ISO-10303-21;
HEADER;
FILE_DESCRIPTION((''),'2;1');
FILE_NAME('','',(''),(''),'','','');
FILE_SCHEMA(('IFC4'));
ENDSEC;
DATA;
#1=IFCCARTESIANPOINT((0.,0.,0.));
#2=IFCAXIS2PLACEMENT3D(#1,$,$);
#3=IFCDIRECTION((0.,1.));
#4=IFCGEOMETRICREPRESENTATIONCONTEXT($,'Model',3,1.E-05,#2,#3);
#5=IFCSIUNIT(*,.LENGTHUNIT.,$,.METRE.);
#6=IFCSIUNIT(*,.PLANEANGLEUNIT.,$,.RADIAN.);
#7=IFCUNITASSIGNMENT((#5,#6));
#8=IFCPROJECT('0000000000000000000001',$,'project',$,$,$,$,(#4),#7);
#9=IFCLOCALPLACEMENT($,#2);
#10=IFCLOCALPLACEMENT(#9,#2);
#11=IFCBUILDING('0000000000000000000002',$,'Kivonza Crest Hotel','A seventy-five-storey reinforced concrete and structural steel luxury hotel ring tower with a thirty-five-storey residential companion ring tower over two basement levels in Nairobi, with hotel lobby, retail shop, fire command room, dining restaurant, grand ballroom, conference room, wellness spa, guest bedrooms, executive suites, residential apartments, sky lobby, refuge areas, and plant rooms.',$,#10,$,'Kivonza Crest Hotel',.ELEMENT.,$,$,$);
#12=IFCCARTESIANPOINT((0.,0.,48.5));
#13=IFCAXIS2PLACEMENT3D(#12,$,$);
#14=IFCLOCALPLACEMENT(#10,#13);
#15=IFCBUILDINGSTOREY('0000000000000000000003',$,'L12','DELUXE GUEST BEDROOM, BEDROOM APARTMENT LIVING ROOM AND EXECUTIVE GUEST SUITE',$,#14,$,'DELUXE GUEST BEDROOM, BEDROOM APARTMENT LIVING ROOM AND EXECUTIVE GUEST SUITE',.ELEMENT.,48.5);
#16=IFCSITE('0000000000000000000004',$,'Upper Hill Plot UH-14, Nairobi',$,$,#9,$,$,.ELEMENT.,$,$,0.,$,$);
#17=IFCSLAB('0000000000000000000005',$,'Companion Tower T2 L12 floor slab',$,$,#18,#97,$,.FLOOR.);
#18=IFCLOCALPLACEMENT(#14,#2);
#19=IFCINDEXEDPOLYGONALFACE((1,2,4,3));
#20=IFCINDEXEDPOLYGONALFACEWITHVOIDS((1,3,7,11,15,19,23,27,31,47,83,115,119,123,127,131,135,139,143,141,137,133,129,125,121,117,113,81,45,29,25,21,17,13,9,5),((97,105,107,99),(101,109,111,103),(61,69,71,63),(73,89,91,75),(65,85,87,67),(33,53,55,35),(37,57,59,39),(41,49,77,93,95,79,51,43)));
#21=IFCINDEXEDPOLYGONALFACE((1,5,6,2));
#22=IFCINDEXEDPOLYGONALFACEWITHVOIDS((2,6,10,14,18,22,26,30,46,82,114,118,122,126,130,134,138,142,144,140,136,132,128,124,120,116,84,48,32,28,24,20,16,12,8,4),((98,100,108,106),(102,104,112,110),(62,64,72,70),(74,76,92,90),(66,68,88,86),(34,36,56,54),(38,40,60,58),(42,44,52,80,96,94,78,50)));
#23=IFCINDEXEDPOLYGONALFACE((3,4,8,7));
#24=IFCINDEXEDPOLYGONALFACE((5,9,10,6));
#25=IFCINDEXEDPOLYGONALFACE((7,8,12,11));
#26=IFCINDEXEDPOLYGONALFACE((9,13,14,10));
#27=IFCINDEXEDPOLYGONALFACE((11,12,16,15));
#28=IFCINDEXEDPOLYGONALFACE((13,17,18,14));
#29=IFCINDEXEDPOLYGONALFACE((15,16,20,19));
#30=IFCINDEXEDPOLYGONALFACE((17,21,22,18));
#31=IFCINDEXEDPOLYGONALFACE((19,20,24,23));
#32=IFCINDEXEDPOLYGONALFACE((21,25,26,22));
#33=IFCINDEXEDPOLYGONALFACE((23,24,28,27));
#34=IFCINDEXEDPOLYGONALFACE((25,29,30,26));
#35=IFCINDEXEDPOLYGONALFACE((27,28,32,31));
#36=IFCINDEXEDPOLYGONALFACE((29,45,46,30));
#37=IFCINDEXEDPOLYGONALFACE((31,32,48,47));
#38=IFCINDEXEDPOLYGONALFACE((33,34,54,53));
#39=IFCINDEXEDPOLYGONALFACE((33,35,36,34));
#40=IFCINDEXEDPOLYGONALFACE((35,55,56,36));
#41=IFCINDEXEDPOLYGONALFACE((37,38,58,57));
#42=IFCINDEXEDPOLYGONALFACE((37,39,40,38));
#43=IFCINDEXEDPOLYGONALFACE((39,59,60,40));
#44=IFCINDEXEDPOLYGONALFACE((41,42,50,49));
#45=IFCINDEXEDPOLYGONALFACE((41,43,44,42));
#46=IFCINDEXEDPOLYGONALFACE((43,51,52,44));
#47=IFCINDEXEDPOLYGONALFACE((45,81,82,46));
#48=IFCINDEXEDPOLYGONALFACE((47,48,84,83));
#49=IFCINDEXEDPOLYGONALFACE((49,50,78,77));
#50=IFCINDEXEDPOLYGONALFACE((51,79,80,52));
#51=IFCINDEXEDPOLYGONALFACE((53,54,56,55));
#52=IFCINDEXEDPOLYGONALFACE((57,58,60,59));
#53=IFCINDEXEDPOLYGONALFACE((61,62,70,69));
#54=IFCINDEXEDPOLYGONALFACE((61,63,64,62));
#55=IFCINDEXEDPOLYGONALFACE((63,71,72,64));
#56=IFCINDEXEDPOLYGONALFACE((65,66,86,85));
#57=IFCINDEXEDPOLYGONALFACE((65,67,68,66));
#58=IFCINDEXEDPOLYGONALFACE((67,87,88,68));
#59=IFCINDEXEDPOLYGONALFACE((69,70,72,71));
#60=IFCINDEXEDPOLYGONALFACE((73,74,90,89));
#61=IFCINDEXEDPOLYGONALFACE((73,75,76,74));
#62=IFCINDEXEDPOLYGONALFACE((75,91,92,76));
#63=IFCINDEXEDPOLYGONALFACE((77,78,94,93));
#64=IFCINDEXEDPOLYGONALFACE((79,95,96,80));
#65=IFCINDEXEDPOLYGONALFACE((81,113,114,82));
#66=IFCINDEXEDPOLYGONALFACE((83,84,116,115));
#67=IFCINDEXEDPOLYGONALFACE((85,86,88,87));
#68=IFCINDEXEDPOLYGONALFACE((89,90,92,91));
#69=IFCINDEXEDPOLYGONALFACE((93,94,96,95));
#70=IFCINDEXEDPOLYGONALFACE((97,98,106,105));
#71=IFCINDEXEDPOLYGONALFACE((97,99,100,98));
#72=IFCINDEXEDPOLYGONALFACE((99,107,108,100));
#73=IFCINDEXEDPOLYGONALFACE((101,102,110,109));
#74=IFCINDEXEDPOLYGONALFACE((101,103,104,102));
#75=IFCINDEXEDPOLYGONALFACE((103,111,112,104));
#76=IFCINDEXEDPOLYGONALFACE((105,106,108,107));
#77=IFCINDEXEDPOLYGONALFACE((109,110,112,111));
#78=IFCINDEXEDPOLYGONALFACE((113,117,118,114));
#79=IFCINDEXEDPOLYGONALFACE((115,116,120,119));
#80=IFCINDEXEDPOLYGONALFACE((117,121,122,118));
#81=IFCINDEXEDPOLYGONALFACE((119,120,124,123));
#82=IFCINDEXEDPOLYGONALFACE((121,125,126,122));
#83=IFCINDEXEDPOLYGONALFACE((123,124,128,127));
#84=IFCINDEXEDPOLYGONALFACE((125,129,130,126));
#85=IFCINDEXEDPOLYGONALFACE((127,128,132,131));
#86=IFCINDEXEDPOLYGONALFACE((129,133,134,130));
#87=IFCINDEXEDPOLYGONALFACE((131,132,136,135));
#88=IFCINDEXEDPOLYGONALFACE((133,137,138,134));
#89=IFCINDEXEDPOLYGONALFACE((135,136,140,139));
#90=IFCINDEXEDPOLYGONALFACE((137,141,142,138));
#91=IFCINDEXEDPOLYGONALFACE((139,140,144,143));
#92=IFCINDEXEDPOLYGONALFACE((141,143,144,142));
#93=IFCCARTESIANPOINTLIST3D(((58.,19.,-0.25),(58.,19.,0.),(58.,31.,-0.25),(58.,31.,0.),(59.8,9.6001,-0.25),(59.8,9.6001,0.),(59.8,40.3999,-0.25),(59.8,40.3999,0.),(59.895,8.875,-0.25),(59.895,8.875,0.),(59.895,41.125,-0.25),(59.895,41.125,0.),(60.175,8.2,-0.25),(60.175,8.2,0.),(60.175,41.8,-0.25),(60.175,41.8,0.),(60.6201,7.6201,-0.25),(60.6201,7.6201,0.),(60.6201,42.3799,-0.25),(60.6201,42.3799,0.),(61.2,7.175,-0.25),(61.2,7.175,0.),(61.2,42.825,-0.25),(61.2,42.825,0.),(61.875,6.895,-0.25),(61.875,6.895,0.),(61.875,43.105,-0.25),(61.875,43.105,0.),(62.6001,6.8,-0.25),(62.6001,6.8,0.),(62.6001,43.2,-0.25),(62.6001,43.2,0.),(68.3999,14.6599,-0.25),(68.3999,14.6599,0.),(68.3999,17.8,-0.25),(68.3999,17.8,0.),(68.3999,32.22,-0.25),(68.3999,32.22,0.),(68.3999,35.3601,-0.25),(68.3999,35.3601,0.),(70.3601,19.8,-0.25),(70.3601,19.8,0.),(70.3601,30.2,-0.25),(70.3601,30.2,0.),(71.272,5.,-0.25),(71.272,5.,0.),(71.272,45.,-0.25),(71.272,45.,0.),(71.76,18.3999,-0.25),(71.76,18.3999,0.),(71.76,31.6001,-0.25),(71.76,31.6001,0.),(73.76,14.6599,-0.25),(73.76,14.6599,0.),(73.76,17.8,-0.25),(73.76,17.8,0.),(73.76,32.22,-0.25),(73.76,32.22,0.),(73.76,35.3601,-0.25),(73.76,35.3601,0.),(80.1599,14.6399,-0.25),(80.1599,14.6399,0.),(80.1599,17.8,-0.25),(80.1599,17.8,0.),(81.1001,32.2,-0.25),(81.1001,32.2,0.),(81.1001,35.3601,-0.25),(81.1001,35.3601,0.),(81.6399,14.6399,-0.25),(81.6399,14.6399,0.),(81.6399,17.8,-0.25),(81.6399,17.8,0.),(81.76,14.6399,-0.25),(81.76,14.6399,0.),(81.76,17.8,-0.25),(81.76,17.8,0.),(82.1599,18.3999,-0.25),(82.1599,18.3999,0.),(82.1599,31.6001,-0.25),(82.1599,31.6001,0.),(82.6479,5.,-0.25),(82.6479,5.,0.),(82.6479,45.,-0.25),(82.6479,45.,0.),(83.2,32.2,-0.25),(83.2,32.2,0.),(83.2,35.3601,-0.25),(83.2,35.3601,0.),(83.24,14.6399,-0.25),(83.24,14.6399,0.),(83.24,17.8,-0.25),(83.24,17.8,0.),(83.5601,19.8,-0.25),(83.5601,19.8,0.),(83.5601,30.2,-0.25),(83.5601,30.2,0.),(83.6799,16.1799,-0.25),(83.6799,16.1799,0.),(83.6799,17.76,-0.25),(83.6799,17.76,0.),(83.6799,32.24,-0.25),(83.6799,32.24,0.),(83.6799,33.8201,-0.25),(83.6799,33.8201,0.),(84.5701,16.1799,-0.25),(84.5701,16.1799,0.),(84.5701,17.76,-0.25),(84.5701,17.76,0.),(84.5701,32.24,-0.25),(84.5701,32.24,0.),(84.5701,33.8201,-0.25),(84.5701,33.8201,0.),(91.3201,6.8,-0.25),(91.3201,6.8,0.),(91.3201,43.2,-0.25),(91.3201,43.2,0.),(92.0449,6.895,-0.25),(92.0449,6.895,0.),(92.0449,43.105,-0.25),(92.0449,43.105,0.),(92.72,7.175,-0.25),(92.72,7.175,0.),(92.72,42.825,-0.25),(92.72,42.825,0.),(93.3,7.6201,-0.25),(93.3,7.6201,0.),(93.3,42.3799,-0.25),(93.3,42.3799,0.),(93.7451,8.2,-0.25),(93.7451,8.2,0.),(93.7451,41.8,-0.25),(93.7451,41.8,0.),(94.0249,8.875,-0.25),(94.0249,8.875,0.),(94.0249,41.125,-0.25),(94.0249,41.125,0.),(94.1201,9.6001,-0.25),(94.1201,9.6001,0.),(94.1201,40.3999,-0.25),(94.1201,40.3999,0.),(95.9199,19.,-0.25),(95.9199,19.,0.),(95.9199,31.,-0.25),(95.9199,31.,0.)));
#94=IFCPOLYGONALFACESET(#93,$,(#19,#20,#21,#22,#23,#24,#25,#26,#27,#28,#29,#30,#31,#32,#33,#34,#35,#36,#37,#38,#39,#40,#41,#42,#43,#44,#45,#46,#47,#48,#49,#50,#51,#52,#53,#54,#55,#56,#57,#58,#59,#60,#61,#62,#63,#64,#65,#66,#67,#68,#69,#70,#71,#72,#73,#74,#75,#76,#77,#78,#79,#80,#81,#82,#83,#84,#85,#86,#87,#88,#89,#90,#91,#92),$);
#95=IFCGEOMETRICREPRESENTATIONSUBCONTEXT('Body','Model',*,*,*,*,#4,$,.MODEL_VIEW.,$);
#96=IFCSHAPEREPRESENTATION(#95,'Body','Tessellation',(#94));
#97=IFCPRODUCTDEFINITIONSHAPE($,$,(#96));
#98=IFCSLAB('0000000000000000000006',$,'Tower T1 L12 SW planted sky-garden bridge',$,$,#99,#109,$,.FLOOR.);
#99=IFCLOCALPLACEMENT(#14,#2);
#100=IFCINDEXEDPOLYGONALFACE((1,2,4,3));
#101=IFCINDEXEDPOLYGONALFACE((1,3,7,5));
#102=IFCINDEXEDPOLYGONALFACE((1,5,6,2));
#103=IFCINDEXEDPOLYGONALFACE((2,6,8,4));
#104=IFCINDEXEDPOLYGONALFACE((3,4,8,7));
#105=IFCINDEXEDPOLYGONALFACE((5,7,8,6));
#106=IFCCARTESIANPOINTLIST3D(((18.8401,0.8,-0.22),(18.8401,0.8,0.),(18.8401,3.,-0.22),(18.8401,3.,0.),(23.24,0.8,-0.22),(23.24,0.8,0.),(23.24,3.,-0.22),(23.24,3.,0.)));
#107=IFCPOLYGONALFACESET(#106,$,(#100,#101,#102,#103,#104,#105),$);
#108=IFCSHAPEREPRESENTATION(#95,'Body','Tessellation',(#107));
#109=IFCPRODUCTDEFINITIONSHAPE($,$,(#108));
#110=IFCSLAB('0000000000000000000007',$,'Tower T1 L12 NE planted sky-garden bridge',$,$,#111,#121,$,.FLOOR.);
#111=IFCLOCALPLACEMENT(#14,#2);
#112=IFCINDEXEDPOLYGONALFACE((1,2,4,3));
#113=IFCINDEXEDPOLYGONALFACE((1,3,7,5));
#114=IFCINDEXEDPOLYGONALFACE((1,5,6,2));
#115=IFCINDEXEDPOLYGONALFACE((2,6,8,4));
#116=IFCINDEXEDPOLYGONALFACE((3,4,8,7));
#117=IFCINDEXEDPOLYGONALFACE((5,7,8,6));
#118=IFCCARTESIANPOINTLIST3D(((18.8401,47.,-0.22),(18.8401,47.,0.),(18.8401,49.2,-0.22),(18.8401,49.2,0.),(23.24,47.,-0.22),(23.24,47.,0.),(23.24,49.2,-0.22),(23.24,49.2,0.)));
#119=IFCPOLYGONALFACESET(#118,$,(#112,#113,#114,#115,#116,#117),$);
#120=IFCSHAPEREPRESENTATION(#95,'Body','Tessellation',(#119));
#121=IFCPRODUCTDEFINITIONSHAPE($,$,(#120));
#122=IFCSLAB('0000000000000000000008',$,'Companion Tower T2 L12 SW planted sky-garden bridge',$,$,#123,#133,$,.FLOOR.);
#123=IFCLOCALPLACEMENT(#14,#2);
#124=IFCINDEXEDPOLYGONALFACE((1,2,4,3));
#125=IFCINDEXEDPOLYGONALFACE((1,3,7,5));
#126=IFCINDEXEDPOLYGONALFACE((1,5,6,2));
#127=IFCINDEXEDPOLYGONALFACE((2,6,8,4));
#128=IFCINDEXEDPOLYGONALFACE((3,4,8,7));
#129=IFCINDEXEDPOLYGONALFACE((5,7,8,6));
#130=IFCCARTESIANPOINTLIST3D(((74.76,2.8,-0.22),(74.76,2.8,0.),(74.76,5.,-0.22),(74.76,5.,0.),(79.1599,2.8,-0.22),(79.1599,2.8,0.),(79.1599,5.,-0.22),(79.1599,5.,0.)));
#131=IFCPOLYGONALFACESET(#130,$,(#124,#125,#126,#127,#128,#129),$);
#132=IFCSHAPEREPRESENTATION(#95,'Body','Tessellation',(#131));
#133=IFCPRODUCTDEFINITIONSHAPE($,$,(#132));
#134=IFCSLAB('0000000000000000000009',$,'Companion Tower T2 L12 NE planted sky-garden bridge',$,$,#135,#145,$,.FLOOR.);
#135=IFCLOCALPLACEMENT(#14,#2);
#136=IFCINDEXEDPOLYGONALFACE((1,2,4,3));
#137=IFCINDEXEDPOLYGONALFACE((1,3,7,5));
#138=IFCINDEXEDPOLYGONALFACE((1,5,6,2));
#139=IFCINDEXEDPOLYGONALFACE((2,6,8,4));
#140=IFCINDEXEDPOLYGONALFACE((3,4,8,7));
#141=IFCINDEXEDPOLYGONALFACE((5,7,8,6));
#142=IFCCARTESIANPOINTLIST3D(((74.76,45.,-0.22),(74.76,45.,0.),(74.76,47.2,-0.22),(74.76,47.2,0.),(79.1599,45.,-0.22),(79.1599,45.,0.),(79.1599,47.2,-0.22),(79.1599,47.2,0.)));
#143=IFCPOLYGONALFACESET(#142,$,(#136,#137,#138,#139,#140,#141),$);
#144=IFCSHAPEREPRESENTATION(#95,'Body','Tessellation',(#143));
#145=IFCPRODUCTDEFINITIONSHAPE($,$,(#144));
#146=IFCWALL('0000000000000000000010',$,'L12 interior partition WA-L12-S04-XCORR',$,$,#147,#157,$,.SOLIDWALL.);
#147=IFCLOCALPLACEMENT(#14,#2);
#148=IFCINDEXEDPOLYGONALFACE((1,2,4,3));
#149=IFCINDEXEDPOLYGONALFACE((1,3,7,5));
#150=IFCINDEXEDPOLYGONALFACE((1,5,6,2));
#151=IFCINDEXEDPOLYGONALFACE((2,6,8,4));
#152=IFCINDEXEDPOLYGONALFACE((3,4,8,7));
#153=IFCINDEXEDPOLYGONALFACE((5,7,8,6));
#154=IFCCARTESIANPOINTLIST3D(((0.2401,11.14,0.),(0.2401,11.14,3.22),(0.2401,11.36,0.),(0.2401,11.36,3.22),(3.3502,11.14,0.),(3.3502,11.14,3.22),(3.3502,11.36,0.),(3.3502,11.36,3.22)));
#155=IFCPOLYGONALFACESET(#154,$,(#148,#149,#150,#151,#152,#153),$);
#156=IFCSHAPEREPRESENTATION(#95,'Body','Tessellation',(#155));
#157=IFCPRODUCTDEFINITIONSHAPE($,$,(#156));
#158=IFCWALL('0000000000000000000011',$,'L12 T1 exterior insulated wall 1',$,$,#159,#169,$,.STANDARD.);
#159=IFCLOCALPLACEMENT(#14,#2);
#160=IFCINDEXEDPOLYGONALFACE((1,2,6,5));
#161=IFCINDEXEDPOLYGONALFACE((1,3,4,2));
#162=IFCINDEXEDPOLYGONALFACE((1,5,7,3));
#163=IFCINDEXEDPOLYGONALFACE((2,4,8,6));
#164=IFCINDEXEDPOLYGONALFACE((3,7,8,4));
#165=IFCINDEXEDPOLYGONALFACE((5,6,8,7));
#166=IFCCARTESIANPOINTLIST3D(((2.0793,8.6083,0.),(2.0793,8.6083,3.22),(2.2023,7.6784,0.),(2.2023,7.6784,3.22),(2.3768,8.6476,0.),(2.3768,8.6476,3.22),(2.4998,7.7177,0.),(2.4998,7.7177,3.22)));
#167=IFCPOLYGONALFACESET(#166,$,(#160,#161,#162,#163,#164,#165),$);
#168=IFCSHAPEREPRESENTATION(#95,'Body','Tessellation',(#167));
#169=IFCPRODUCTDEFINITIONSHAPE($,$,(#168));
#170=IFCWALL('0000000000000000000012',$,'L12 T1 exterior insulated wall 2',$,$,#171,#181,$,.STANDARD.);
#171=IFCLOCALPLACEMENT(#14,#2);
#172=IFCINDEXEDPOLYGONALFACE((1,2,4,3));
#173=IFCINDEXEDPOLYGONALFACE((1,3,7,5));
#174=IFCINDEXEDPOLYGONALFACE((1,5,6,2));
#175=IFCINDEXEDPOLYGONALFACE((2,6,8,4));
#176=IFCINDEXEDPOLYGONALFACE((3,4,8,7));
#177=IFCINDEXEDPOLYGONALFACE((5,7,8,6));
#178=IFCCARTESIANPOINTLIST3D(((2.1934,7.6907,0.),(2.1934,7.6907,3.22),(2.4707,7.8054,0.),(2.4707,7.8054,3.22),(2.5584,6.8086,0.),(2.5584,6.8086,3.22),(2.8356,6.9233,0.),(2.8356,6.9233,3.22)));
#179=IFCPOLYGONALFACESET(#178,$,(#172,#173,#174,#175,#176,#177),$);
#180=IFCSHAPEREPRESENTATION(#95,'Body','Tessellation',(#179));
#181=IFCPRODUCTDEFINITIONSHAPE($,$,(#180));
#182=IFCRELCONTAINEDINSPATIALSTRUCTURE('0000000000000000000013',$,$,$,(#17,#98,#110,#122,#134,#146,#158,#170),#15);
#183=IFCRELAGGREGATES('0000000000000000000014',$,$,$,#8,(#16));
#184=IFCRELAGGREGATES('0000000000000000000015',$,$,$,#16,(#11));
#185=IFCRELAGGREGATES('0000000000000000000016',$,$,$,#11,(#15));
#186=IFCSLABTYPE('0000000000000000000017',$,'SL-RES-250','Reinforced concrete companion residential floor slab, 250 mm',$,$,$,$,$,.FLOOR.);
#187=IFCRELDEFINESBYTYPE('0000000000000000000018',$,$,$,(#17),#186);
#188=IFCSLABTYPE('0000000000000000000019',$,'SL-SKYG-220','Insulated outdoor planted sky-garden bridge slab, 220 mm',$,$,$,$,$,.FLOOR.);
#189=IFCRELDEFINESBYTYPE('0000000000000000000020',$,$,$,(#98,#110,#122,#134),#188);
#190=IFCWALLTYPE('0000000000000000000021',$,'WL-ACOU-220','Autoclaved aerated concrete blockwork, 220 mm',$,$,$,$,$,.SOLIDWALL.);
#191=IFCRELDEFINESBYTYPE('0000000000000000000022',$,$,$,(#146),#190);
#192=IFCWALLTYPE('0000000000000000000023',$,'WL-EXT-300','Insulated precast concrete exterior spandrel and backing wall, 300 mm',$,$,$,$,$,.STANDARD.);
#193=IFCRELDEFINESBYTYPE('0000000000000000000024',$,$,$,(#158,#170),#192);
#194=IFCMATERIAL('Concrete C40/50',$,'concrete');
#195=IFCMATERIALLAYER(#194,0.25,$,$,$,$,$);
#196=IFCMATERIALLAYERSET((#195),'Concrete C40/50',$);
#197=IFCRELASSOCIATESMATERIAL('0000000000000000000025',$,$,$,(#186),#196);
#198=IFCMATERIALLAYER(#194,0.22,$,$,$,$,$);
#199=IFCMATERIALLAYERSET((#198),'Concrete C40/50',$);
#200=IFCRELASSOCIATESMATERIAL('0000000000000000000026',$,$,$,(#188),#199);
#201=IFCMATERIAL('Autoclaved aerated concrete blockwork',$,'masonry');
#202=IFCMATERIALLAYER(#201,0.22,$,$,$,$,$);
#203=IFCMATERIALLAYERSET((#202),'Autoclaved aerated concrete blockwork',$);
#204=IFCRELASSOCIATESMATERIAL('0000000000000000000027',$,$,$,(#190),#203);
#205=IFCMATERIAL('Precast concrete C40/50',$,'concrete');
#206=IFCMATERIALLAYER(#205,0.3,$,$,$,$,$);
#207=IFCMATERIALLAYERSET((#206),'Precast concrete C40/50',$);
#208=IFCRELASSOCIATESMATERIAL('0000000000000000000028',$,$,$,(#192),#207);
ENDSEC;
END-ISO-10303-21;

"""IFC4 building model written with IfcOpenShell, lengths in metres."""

from ifc_helpers import new_model, si_unit, direction, frame, frame_2d, origin, place, context, subcontext, project, spatial, polyline, rectangle, outline, extrude, material, layer, layer_set, type_object, element, save


model = new_model("IFC4")

# Units and contexts
model_context = context("Model", 3, precision=1e-05, world=origin(), true_north=direction((0.0, 1.0)))
body_context = subcontext(model_context, "Body", "Model", "MODEL_VIEW")
ifc_project = project(units=[si_unit("LENGTHUNIT", "METRE"), si_unit("PLANEANGLEUNIT", "RADIAN")], contexts=[model_context])

# Site, building, storey
site_placement = place(None, origin())
site = spatial("IfcSite", under=ifc_project, at=site_placement, Name="Upper Hill Plot UH-14, Nairobi", CompositionType="ELEMENT", RefElevation=0.0)
building_placement = place(site_placement, origin())
building = spatial("IfcBuilding", under=site, at=building_placement, Name="Kivonza Crest Hotel", Description="A seventy-five-storey reinforced concrete and structural steel luxury hotel ring tower with a thirty-five-storey residential companion ring tower over two basement levels in Nairobi, with hotel lobby, retail shop, fire command room, dining restaurant, grand ballroom, conference room, wellness spa, guest bedrooms, executive suites, residential apartments, sky lobby, refuge areas, and plant rooms.", LongName="Kivonza Crest Hotel", CompositionType="ELEMENT")
storey_placement = place(building_placement, frame((0.0, 0.0, 48.5)))
storey = spatial("IfcBuildingStorey", under=building, at=storey_placement, Name="L12", Description="DELUXE GUEST BEDROOM, BEDROOM APARTMENT LIVING ROOM AND EXECUTIVE GUEST SUITE", LongName="DELUXE GUEST BEDROOM, BEDROOM APARTMENT LIVING ROOM AND EXECUTIVE GUEST SUITE", CompositionType="ELEMENT", Elevation=48.5)

# Shared definitions
ifc_material_1 = material(Name="Concrete C40/50", Category="concrete")

# Slabs
ifc_layer_1 = layer(ifc_material_1, 0.25)
ifc_layer_set_1 = layer_set([ifc_layer_1], Name="Concrete C40/50")
slab_type_1 = type_object("IfcSlabType", Name="SL-RES-250", Description="Reinforced concrete companion residential floor slab, 250 mm", PredefinedType="FLOOR", material=ifc_layer_set_1)
slab_1_placement = place(storey_placement, frame((0.0, 0.0, -0.25)))
element("IfcSlab", 1, at=slab_1_placement, inside=storey, type_object=slab_type_1, Name="Companion Tower T2 L12 floor slab", PredefinedType="FLOOR", context=body_context, shape_type="SweptSolid", body=[
    extrude(outline(polyline([(59.8, 9.6001), (59.895, 8.875), (60.175, 8.2), (60.6201, 7.6201), (61.2, 7.175), (61.875, 6.895), (62.6001, 6.8), (71.272, 5.0), (82.6479, 5.0), (91.3201, 6.8), (92.0449, 6.895), (92.72, 7.175), (93.3, 7.6201), (93.7451, 8.2), (94.0249, 8.875), (94.1201, 9.6001), (95.9199, 19.0), (95.9199, 31.0), (94.1201, 40.3999), (94.0249, 41.125), (93.7451, 41.8), (93.3, 42.3799), (92.72, 42.825), (92.0449, 43.105), (91.3201, 43.2), (82.6479, 45.0), (71.272, 45.0), (62.6001, 43.2), (61.875, 43.105), (61.2, 42.825), (60.6201, 42.3799), (60.175, 41.8), (59.895, 41.125), (59.8, 40.3999), (58.0, 31.0), (58.0, 19.0), (59.8, 9.6001)]), holes=[polyline([(71.76, 18.3999), (82.1599, 18.3999), (83.5601, 19.8), (83.5601, 30.2), (82.1599, 31.6001), (71.76, 31.6001), (70.3601, 30.2), (70.3601, 19.8), (71.76, 18.3999)]), polyline([(68.3999, 32.22), (73.76, 32.22), (73.76, 35.3601), (68.3999, 35.3601), (68.3999, 32.22)]), polyline([(68.3999, 14.6599), (73.76, 14.6599), (73.76, 17.8), (68.3999, 17.8), (68.3999, 14.6599)]), polyline([(83.6799, 32.24), (84.5701, 32.24), (84.5701, 33.8201), (83.6799, 33.8201), (83.6799, 32.24)]), polyline([(83.6799, 16.1799), (84.5701, 16.1799), (84.5701, 17.76), (83.6799, 17.76), (83.6799, 16.1799)]), polyline([(81.1001, 32.2), (83.2, 32.2), (83.2, 35.3601), (81.1001, 35.3601), (81.1001, 32.2)]), polyline([(80.1599, 14.6399), (81.6399, 14.6399), (81.6399, 17.8), (80.1599, 17.8), (80.1599, 14.6399)]), polyline([(81.76, 14.6399), (83.24, 14.6399), (83.24, 17.8), (81.76, 17.8), (81.76, 14.6399)])]), origin(), (0.0, 0.0, 1.0), 0.25),
])
ifc_layer_2 = layer(ifc_material_1, 0.22)
ifc_layer_set_2 = layer_set([ifc_layer_2], Name="Concrete C40/50")
slab_type_2 = type_object("IfcSlabType", Name="SL-SKYG-220", Description="Insulated outdoor planted sky-garden bridge slab, 220 mm", PredefinedType="FLOOR", material=ifc_layer_set_2)
slab_2_placement = place(storey_placement, frame((0.0, 0.0, -0.22)))
element("IfcSlab", 2, at=slab_2_placement, inside=storey, type_object=slab_type_2, Name="Tower T1 L12 SW planted sky-garden bridge", PredefinedType="FLOOR", context=body_context, shape_type="SweptSolid", body=[
    extrude(outline(polyline([(18.8401, 0.8), (23.24, 0.8), (23.24, 3.0), (18.8401, 3.0), (18.8401, 0.8)])), origin(), (0.0, 0.0, 1.0), 0.22),
])
slab_3_placement = place(storey_placement, frame((0.0, 0.0, -0.22)))
element("IfcSlab", 3, at=slab_3_placement, inside=storey, type_object=slab_type_2, Name="Tower T1 L12 NE planted sky-garden bridge", PredefinedType="FLOOR", context=body_context, shape_type="SweptSolid", body=[
    extrude(outline(polyline([(18.8401, 47.0), (23.24, 47.0), (23.24, 49.2), (18.8401, 49.2), (18.8401, 47.0)])), origin(), (0.0, 0.0, 1.0), 0.22),
])
slab_4_placement = place(storey_placement, frame((0.0, 0.0, -0.22)))
element("IfcSlab", 4, at=slab_4_placement, inside=storey, type_object=slab_type_2, Name="Companion Tower T2 L12 SW planted sky-garden bridge", PredefinedType="FLOOR", context=body_context, shape_type="SweptSolid", body=[
    extrude(outline(polyline([(74.76, 2.8), (79.1599, 2.8), (79.1599, 5.0), (74.76, 5.0), (74.76, 2.8)])), origin(), (0.0, 0.0, 1.0), 0.22),
])
slab_5_placement = place(storey_placement, frame((0.0, 0.0, -0.22)))
element("IfcSlab", 5, at=slab_5_placement, inside=storey, type_object=slab_type_2, Name="Companion Tower T2 L12 NE planted sky-garden bridge", PredefinedType="FLOOR", context=body_context, shape_type="SweptSolid", body=[
    extrude(outline(polyline([(74.76, 45.0), (79.1599, 45.0), (79.1599, 47.2), (74.76, 47.2), (74.76, 45.0)])), origin(), (0.0, 0.0, 1.0), 0.22),
])

# Walls
ifc_material_2 = material(Name="Autoclaved aerated concrete blockwork", Category="masonry")
ifc_layer_3 = layer(ifc_material_2, 0.22)
ifc_layer_set_3 = layer_set([ifc_layer_3], Name="Autoclaved aerated concrete blockwork")
wall_type_1 = type_object("IfcWallType", Name="WL-ACOU-220", Description="Autoclaved aerated concrete blockwork, 220 mm", PredefinedType="SOLIDWALL", material=ifc_layer_set_3)
wall_1_placement = place(storey_placement, frame((0.24, 11.25, 0.0), z_axis=(0.0, 0.0, 1.0), x_axis=(1.0, 0.0, 0.0)))
element("IfcWall", 6, at=wall_1_placement, inside=storey, type_object=wall_type_1, Name="L12 interior partition WA-L12-S04-XCORR", PredefinedType="SOLIDWALL", context=body_context, shape_type="SweptSolid", body=[
    extrude(rectangle(XDim=3.1101, YDim=0.22, at=frame_2d((1.5552, 0.0))), origin(), (0.0, 0.0, 1.0), 3.22),
])
ifc_material_3 = material(Name="Precast concrete C40/50", Category="concrete")
ifc_layer_4 = layer(ifc_material_3, 0.3)
ifc_layer_set_4 = layer_set([ifc_layer_4], Name="Precast concrete C40/50")
wall_type_2 = type_object("IfcWallType", Name="WL-EXT-300", Description="Insulated precast concrete exterior spandrel and backing wall, 300 mm", PredefinedType="STANDARD", material=ifc_layer_set_4)
wall_2_placement = place(storey_placement, frame((2.228, 8.6279, 0.0), z_axis=(0.0, 0.0, 1.0), x_axis=(0.131175, -0.991359, 0.0)))
element("IfcWall", 7, at=wall_2_placement, inside=storey, type_object=wall_type_2, Name="L12 T1 exterior insulated wall 1", PredefinedType="STANDARD", context=body_context, shape_type="SweptSolid", body=[
    extrude(rectangle(XDim=0.938, YDim=0.3, at=frame_2d((0.469, 0.0))), origin(), (0.0, 0.0, 1.0), 3.22),
])
wall_3_placement = place(storey_placement, frame((2.332, 7.748, 0.0), z_axis=(0.0, 0.0, 1.0), x_axis=(0.382344, -0.92402, 0.0)))
element("IfcWall", 8, at=wall_3_placement, inside=storey, type_object=wall_type_2, Name="L12 T1 exterior insulated wall 2", PredefinedType="STANDARD", context=body_context, shape_type="SweptSolid", body=[
    extrude(rectangle(XDim=0.9546, YDim=0.3, at=frame_2d((0.4773, 0.0))), origin(), (0.0, 0.0, 1.0), 3.22),
])

save(model, "model.ifc")
